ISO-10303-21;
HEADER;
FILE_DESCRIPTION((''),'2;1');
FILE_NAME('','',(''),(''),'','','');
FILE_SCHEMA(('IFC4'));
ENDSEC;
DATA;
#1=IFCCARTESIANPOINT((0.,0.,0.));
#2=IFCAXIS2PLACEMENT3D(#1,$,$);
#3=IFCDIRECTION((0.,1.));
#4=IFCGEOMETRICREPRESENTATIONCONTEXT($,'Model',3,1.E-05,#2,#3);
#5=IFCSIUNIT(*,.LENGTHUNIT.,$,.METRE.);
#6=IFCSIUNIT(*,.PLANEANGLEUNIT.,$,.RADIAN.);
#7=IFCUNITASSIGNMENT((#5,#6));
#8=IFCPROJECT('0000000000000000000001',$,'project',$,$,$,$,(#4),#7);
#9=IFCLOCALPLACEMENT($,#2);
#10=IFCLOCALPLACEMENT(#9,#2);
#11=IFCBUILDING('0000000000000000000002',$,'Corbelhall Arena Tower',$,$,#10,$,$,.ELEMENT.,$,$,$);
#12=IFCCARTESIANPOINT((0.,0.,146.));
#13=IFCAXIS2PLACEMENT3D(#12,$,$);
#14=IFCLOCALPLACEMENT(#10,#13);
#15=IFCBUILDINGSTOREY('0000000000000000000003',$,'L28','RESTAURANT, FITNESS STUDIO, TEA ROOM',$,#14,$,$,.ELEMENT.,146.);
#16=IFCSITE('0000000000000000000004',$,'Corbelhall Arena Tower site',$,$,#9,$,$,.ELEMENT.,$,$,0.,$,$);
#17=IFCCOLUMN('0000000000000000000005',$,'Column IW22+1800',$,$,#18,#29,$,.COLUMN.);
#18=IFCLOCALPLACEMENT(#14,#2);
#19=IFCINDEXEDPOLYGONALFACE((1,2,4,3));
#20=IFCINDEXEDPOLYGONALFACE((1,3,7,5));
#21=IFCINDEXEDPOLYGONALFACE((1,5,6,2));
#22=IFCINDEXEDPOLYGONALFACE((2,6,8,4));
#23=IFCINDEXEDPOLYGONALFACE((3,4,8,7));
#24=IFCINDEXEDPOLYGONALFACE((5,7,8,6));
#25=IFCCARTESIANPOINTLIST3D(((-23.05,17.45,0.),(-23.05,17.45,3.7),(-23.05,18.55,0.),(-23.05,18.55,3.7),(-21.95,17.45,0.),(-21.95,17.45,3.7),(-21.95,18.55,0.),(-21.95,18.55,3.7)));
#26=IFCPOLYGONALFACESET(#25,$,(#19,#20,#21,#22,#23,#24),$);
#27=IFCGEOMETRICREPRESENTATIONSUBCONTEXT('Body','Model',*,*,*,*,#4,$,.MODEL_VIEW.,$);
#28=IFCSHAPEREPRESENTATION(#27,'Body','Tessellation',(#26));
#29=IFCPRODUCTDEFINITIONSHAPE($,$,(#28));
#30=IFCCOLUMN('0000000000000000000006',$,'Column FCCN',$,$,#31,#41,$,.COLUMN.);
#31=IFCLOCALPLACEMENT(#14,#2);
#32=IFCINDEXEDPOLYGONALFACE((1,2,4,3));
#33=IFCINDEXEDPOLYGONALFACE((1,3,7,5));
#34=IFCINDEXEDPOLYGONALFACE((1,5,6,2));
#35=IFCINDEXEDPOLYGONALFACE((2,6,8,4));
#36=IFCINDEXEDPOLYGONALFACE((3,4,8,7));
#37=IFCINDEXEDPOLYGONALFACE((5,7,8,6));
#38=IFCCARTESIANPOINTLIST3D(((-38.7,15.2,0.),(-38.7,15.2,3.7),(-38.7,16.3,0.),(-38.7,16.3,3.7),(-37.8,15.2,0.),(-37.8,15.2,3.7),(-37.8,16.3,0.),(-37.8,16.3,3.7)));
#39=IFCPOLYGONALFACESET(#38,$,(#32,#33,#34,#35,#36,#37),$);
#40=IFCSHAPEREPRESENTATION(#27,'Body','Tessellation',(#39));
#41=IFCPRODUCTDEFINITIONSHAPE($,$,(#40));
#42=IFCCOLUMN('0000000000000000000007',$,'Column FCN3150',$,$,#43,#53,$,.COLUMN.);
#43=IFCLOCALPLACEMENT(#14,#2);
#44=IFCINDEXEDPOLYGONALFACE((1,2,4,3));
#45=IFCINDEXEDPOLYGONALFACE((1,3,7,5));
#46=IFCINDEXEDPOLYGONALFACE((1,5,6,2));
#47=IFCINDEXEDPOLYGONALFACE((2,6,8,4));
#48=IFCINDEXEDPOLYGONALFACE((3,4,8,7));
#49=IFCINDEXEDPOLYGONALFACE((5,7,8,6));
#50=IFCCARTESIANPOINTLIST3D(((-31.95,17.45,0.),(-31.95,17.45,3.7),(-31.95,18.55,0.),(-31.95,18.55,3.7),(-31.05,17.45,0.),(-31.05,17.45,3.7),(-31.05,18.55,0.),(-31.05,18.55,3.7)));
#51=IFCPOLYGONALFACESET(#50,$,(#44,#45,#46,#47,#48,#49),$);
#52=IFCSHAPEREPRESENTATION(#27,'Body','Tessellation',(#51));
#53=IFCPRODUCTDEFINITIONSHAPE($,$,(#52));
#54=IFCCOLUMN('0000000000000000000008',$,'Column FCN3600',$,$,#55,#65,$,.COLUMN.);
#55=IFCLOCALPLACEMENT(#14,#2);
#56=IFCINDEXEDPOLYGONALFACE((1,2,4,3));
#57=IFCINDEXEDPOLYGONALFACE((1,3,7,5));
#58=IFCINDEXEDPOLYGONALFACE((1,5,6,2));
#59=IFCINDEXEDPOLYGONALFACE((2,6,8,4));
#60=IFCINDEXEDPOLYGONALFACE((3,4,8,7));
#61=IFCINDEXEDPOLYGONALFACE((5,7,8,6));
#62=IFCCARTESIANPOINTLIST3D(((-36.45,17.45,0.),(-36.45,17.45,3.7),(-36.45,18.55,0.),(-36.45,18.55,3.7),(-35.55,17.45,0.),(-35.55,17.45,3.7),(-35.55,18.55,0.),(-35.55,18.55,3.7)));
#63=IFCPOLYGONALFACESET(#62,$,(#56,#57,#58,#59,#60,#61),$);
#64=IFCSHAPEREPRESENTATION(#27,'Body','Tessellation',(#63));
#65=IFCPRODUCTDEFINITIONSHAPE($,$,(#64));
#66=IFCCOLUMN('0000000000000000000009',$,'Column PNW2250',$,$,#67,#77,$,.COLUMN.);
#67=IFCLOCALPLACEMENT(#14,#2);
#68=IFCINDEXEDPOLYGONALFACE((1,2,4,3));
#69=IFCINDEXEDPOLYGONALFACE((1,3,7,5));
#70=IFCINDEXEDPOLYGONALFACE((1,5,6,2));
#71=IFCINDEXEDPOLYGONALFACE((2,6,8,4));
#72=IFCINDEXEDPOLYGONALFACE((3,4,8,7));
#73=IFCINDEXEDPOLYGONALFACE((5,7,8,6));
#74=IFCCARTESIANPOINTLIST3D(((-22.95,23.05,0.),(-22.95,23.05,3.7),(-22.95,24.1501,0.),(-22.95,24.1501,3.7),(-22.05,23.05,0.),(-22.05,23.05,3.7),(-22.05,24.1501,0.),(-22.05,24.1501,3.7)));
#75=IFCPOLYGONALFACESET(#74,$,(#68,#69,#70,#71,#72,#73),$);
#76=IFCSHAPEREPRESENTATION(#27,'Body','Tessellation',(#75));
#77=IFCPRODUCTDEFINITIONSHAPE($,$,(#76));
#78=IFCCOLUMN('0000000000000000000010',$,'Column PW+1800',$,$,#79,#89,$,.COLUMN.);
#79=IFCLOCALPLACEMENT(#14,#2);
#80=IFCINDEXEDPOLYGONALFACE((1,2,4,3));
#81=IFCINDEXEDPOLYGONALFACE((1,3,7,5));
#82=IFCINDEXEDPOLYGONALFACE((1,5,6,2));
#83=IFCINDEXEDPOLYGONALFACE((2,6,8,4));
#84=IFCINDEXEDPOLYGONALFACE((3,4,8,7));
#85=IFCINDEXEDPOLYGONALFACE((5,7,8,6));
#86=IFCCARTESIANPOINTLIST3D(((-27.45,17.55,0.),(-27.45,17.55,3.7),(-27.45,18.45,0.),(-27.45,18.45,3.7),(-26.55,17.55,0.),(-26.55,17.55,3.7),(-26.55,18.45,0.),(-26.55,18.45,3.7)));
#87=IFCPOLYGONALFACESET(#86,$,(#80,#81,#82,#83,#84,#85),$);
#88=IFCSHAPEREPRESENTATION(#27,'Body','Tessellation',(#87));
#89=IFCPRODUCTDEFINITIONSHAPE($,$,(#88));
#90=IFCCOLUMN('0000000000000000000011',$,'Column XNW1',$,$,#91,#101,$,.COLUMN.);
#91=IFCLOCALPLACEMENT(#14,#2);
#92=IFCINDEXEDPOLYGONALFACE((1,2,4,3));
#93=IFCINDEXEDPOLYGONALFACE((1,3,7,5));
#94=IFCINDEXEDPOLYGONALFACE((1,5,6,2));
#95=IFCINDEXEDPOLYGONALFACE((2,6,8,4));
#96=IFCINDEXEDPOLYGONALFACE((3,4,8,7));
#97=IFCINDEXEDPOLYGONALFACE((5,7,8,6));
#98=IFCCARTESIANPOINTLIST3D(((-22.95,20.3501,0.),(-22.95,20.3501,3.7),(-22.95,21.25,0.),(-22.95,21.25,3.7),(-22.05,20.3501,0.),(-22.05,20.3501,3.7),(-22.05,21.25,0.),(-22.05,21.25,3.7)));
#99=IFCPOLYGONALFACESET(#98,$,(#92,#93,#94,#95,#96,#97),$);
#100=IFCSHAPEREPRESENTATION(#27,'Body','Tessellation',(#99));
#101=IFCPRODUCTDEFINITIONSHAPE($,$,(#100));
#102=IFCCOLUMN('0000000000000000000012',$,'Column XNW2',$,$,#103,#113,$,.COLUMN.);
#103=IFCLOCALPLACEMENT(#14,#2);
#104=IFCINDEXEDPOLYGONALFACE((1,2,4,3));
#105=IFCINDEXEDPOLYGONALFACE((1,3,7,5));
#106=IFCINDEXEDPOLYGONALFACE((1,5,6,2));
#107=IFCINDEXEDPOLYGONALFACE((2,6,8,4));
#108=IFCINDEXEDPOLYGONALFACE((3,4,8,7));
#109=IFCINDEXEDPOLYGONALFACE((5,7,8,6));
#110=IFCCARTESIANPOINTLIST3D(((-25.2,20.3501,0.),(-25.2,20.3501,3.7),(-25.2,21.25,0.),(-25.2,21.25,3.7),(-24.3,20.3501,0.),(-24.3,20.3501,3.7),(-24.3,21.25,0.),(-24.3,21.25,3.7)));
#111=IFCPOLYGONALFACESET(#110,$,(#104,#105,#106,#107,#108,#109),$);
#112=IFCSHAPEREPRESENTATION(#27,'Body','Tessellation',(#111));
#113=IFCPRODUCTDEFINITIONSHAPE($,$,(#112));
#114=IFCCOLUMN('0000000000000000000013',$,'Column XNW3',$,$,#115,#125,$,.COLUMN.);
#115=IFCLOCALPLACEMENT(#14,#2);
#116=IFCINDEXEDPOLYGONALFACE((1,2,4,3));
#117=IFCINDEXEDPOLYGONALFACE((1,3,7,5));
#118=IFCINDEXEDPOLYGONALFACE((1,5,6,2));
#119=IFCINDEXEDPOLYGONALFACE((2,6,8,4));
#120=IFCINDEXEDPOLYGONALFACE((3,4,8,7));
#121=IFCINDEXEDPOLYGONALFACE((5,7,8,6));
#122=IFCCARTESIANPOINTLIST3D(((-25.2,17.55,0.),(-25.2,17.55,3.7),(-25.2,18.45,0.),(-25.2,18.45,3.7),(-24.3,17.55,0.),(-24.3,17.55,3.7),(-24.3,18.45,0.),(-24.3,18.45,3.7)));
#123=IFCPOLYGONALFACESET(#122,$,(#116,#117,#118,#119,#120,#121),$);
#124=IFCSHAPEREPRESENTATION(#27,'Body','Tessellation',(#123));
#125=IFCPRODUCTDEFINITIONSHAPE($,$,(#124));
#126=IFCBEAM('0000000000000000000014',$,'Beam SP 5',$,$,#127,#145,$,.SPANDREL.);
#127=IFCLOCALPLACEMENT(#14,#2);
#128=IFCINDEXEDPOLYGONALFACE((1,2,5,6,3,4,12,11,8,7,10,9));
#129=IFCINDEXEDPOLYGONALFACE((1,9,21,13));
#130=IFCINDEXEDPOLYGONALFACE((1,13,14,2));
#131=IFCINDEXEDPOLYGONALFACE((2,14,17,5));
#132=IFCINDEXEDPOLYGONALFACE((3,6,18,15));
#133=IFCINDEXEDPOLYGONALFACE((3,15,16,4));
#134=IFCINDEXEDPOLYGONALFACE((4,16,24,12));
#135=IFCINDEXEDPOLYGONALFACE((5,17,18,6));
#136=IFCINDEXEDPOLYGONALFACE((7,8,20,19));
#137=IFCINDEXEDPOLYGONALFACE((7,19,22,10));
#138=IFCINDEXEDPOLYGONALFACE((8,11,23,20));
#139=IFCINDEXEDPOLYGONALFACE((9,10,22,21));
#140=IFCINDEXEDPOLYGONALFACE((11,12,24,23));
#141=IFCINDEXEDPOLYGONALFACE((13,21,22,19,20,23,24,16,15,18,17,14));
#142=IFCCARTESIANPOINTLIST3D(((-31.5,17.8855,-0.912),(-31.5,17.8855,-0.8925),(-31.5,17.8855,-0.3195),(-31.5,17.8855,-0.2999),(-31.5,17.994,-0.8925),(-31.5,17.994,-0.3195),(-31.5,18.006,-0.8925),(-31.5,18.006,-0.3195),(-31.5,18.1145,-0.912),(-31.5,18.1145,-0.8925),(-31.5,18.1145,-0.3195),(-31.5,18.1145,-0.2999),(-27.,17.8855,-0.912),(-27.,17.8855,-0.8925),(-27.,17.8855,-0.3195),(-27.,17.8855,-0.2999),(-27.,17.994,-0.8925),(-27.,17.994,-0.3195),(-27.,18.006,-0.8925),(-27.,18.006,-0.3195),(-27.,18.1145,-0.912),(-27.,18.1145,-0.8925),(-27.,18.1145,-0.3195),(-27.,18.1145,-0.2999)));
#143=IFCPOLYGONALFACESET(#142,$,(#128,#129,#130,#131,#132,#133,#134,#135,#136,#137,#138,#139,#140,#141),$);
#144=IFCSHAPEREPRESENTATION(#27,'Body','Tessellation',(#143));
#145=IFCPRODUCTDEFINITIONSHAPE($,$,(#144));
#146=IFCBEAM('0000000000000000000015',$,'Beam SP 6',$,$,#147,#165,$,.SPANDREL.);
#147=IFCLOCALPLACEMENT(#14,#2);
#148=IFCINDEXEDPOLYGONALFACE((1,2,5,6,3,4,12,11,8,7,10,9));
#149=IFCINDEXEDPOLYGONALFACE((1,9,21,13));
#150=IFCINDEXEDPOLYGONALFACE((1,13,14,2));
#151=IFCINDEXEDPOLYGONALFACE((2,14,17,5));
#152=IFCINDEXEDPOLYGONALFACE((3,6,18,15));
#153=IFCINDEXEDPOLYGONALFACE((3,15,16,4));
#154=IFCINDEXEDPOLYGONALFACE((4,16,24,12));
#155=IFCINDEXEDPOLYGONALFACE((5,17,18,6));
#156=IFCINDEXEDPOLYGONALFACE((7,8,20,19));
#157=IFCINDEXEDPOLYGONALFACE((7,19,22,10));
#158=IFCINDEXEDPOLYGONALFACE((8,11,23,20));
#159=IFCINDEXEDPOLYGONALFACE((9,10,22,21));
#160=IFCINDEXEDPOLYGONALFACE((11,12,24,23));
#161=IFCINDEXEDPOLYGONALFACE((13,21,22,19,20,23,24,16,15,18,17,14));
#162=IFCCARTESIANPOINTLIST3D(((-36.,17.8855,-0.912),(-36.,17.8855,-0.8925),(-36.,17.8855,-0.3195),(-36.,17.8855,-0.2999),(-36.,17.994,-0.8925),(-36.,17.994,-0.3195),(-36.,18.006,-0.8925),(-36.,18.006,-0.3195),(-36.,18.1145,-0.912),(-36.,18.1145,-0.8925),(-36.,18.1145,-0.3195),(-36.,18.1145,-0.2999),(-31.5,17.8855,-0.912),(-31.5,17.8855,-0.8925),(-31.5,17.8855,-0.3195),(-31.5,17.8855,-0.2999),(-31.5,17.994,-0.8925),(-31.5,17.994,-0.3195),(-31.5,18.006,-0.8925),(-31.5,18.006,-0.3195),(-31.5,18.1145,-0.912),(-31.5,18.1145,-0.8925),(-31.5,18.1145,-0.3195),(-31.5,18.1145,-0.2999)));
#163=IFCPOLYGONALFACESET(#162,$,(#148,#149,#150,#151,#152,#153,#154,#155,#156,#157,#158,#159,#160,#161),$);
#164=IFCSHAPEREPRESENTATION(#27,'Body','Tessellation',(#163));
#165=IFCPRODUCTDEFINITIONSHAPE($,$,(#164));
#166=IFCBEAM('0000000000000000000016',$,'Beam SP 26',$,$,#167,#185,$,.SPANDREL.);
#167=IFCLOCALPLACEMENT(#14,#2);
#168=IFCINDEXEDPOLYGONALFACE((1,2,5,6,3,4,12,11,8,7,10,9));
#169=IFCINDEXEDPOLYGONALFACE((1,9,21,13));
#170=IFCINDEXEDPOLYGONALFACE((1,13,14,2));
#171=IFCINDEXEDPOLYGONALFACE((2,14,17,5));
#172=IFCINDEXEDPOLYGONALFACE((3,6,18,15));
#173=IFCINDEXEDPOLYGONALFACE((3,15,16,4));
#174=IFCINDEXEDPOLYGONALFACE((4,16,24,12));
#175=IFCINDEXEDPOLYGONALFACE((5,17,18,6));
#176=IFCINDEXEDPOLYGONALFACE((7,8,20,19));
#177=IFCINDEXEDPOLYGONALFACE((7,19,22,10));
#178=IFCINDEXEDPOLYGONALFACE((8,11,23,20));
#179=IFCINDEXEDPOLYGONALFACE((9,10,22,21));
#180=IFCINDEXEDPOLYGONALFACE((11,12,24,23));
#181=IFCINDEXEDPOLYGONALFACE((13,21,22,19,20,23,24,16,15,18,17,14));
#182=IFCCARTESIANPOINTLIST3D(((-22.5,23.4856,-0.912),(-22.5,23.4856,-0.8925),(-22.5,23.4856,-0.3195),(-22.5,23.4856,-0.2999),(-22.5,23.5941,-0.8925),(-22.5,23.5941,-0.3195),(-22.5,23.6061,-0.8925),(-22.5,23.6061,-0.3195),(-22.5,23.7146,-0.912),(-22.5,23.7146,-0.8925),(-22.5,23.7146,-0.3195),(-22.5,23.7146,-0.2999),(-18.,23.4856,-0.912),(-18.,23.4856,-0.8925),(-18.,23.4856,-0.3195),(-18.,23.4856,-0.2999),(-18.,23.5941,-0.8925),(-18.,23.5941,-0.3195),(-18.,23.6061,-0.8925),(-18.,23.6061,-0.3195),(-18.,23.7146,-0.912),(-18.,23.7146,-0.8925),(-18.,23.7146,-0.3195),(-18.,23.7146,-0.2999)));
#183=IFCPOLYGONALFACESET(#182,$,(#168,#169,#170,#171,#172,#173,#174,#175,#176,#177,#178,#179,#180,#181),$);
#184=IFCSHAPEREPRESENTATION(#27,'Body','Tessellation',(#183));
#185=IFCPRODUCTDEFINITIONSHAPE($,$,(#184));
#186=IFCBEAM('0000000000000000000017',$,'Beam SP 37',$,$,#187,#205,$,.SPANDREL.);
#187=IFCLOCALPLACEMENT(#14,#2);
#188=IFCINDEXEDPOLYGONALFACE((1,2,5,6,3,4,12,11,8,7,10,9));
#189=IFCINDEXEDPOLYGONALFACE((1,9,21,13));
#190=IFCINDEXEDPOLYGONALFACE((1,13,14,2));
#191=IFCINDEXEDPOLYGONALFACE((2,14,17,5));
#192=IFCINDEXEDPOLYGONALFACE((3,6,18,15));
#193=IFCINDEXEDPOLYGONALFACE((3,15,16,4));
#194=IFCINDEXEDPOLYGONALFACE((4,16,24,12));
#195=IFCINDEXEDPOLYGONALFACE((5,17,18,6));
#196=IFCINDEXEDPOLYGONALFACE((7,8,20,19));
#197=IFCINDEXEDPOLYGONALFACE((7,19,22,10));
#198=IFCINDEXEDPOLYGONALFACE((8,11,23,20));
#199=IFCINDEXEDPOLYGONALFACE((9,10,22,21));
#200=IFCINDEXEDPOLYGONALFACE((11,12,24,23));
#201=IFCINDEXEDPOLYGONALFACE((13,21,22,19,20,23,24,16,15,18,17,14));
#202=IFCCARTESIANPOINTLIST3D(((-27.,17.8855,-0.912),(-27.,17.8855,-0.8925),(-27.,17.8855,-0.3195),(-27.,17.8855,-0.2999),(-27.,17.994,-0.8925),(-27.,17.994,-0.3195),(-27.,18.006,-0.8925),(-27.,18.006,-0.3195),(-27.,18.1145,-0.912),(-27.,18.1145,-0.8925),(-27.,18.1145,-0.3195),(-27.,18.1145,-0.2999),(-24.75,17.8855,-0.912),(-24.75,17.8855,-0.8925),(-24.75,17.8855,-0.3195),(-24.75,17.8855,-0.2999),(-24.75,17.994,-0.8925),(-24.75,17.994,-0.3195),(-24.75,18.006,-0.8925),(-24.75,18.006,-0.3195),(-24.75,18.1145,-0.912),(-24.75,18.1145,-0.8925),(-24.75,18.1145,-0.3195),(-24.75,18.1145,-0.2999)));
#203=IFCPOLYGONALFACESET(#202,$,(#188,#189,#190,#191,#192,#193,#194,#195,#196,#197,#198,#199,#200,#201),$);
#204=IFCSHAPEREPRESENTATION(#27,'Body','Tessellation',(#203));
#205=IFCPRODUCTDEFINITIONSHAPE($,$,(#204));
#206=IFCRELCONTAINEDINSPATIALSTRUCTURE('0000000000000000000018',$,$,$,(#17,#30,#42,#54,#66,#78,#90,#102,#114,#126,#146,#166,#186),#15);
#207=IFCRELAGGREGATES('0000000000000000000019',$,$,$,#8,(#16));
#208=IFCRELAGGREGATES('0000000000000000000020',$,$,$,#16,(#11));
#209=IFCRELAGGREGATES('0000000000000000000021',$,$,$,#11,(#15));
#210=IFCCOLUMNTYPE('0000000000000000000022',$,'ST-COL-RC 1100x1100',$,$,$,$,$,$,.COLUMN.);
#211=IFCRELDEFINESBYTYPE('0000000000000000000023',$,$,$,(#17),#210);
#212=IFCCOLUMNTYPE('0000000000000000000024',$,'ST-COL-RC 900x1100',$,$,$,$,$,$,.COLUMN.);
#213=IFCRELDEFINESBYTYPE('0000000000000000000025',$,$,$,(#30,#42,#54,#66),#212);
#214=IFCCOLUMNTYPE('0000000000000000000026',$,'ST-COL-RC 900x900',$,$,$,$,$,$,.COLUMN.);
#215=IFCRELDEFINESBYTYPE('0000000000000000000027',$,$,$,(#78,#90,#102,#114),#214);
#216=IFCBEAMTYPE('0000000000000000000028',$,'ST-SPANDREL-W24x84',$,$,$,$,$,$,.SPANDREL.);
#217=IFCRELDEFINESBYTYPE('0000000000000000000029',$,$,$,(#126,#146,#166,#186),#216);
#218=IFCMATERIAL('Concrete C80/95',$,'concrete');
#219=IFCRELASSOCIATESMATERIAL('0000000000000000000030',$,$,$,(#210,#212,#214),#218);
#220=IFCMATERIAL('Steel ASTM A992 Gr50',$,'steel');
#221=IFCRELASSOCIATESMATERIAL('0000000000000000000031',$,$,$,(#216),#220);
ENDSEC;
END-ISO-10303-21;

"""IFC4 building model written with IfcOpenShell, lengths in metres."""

from ifc_helpers import new_model, si_unit, direction, frame, origin, origin_2d, place, context, subcontext, project, spatial, rectangle, i_section, extrude, material, material_profile, profile_set, type_object, element, save


model = new_model("IFC4")

# Units and contexts
model_context = context("Model", 3, precision=1e-05, world=origin(), true_north=direction((0.0, 1.0)))
body_context = subcontext(model_context, "Body", "Model", "MODEL_VIEW")
ifc_project = project(units=[si_unit("LENGTHUNIT", "METRE"), si_unit("PLANEANGLEUNIT", "RADIAN")], contexts=[model_context])

# Site, building, storey
site_placement = place(None, origin())
site = spatial("IfcSite", under=ifc_project, at=site_placement, Name="Corbelhall Arena Tower site", CompositionType="ELEMENT", RefElevation=0.0)
building_placement = place(site_placement, origin())
building = spatial("IfcBuilding", under=site, at=building_placement, Name="Corbelhall Arena Tower", CompositionType="ELEMENT")
storey_placement = place(building_placement, frame((0.0, 0.0, 146.0)))
storey = spatial("IfcBuildingStorey", under=building, at=storey_placement, Name="L28", Description="RESTAURANT, FITNESS STUDIO, TEA ROOM", CompositionType="ELEMENT", Elevation=146.0)

# Columns
ifc_material_1 = material(Name="Concrete C80/95", Category="concrete")
ifc_material_profile_1 = material_profile(ifc_material_1, rectangle(XDim=1.1001, YDim=1.1001, at=origin_2d()))
ifc_profile_set_1 = profile_set([ifc_material_profile_1], Name="Concrete C80/95")
column_type_1 = type_object("IfcColumnType", Name="ST-COL-RC 1100x1100", PredefinedType="COLUMN", material=ifc_profile_set_1)
column_placement = place(storey_placement, frame((-22.5, 18.0, 0.0), z_axis=(0.0, 0.0, 1.0), x_axis=(1.0, 0.0, 0.0)))
element("IfcColumn", 1, at=column_placement, inside=storey, type_object=column_type_1, Name="Column IW22+1800", PredefinedType="COLUMN", context=body_context, shape_type="SweptSolid", body=[
    extrude(rectangle(XDim=1.1001, YDim=1.1001, at=origin_2d()), origin(), (0.0, 0.0, 1.0), 3.7),
])
ifc_material_profile_2 = material_profile(ifc_material_1, rectangle(XDim=0.8999, YDim=1.1001, at=origin_2d()))
ifc_profile_set_2 = profile_set([ifc_material_profile_2], Name="Concrete C80/95")
column_type_2 = type_object("IfcColumnType", Name="ST-COL-RC 900x1100", PredefinedType="COLUMN", material=ifc_profile_set_2)
for number, where, z_axis, x_axis, name in (
    (2, (-38.25, 15.75, 0.0), (0.0, 0.0, 1.0), (1.0, 0.0, 0.0), "Column FCCN"),
    (3, (-31.5, 18.0, 0.0), (0.0, 0.0, 1.0), (1.0, 0.0, 0.0), "Column FCN3150"),
    (4, (-36.0, 18.0, 0.0), (0.0, 0.0, 1.0), (1.0, 0.0, 0.0), "Column FCN3600"),
    (5, (-22.5, 23.6001, 0.0), (0.0, 0.0, 1.0), (1.0, 0.0, 0.0), "Column PNW2250"),
):
    element("IfcColumn", number, at=place(storey_placement, frame(where, z_axis=z_axis, x_axis=x_axis)), inside=storey, type_object=column_type_2, Name=name, PredefinedType="COLUMN", context=body_context, shape_type="SweptSolid", body=[
        extrude(rectangle(XDim=0.8999, YDim=1.1001, at=origin_2d()), origin(), (0.0, 0.0, 1.0), 3.7),
    ])
ifc_material_profile_3 = material_profile(ifc_material_1, rectangle(XDim=0.8999, YDim=0.8999, at=origin_2d()))
ifc_profile_set_3 = profile_set([ifc_material_profile_3], Name="Concrete C80/95")
column_type_3 = type_object("IfcColumnType", Name="ST-COL-RC 900x900", PredefinedType="COLUMN", material=ifc_profile_set_3)
for number, where, z_axis, x_axis, name in (
    (6, (-27.0, 18.0, 0.0), (0.0, 0.0, 1.0), (1.0, 0.0, 0.0), "Column PW+1800"),
    (7, (-22.5, 20.8, 0.0), (0.0, 0.0, 1.0), (1.0, 0.0, 0.0), "Column XNW1"),
    (8, (-24.75, 20.8, 0.0), (0.0, 0.0, 1.0), (1.0, 0.0, 0.0), "Column XNW2"),
    (9, (-24.75, 18.0, 0.0), (0.0, 0.0, 1.0), (1.0, 0.0, 0.0), "Column XNW3"),
):
    element("IfcColumn", number, at=place(storey_placement, frame(where, z_axis=z_axis, x_axis=x_axis)), inside=storey, type_object=column_type_3, Name=name, PredefinedType="COLUMN", context=body_context, shape_type="SweptSolid", body=[
        extrude(rectangle(XDim=0.8999, YDim=0.8999, at=origin_2d()), origin(), (0.0, 0.0, 1.0), 3.7),
    ])

# Beams
ifc_material_2 = material(Name="Steel ASTM A992 Gr50", Category="steel")
ifc_material_profile_4 = material_profile(ifc_material_2, i_section(OverallWidth=0.229, OverallDepth=0.6121, WebThickness=0.012, FlangeThickness=0.0195, at=origin_2d()))
ifc_profile_set_4 = profile_set([ifc_material_profile_4], Name="Steel ASTM A992 Gr50")
beam_type = type_object("IfcBeamType", Name="ST-SPANDREL-W24x84", PredefinedType="SPANDREL", material=ifc_profile_set_4)
for number, where, z_axis, x_axis, name in (
    (10, (-31.5, 18.0, -0.606), (1.0, 0.0, 0.0), (0.0, 1.0, 0.0), "Beam SP 5"),
    (11, (-36.0, 18.0, -0.606), (1.0, 0.0, 0.0), (0.0, 1.0, 0.0), "Beam SP 6"),
    (12, (-22.5, 23.6001, -0.606), (1.0, 0.0, 0.0), (0.0, 1.0, 0.0), "Beam SP 26"),
):
    element("IfcBeam", number, at=place(storey_placement, frame(where, z_axis=z_axis, x_axis=x_axis)), inside=storey, type_object=beam_type, Name=name, PredefinedType="SPANDREL", context=body_context, shape_type="SweptSolid", body=[
        extrude(i_section(OverallWidth=0.229, OverallDepth=0.6121, WebThickness=0.012, FlangeThickness=0.0195, at=origin_2d()), origin(), (0.0, 0.0, 1.0), 4.5),
    ])
beam_1_placement = place(storey_placement, frame((-27.0, 18.0, -0.606), z_axis=(1.0, 0.0, 0.0), x_axis=(0.0, 1.0, 0.0)))
element("IfcBeam", 13, at=beam_1_placement, inside=storey, type_object=beam_type, Name="Beam SP 37", PredefinedType="SPANDREL", context=body_context, shape_type="SweptSolid", body=[
    extrude(i_section(OverallWidth=0.229, OverallDepth=0.6121, WebThickness=0.012, FlangeThickness=0.0195, at=origin_2d()), origin(), (0.0, 0.0, 1.0), 2.25),
])

save(model, "model.ifc")
